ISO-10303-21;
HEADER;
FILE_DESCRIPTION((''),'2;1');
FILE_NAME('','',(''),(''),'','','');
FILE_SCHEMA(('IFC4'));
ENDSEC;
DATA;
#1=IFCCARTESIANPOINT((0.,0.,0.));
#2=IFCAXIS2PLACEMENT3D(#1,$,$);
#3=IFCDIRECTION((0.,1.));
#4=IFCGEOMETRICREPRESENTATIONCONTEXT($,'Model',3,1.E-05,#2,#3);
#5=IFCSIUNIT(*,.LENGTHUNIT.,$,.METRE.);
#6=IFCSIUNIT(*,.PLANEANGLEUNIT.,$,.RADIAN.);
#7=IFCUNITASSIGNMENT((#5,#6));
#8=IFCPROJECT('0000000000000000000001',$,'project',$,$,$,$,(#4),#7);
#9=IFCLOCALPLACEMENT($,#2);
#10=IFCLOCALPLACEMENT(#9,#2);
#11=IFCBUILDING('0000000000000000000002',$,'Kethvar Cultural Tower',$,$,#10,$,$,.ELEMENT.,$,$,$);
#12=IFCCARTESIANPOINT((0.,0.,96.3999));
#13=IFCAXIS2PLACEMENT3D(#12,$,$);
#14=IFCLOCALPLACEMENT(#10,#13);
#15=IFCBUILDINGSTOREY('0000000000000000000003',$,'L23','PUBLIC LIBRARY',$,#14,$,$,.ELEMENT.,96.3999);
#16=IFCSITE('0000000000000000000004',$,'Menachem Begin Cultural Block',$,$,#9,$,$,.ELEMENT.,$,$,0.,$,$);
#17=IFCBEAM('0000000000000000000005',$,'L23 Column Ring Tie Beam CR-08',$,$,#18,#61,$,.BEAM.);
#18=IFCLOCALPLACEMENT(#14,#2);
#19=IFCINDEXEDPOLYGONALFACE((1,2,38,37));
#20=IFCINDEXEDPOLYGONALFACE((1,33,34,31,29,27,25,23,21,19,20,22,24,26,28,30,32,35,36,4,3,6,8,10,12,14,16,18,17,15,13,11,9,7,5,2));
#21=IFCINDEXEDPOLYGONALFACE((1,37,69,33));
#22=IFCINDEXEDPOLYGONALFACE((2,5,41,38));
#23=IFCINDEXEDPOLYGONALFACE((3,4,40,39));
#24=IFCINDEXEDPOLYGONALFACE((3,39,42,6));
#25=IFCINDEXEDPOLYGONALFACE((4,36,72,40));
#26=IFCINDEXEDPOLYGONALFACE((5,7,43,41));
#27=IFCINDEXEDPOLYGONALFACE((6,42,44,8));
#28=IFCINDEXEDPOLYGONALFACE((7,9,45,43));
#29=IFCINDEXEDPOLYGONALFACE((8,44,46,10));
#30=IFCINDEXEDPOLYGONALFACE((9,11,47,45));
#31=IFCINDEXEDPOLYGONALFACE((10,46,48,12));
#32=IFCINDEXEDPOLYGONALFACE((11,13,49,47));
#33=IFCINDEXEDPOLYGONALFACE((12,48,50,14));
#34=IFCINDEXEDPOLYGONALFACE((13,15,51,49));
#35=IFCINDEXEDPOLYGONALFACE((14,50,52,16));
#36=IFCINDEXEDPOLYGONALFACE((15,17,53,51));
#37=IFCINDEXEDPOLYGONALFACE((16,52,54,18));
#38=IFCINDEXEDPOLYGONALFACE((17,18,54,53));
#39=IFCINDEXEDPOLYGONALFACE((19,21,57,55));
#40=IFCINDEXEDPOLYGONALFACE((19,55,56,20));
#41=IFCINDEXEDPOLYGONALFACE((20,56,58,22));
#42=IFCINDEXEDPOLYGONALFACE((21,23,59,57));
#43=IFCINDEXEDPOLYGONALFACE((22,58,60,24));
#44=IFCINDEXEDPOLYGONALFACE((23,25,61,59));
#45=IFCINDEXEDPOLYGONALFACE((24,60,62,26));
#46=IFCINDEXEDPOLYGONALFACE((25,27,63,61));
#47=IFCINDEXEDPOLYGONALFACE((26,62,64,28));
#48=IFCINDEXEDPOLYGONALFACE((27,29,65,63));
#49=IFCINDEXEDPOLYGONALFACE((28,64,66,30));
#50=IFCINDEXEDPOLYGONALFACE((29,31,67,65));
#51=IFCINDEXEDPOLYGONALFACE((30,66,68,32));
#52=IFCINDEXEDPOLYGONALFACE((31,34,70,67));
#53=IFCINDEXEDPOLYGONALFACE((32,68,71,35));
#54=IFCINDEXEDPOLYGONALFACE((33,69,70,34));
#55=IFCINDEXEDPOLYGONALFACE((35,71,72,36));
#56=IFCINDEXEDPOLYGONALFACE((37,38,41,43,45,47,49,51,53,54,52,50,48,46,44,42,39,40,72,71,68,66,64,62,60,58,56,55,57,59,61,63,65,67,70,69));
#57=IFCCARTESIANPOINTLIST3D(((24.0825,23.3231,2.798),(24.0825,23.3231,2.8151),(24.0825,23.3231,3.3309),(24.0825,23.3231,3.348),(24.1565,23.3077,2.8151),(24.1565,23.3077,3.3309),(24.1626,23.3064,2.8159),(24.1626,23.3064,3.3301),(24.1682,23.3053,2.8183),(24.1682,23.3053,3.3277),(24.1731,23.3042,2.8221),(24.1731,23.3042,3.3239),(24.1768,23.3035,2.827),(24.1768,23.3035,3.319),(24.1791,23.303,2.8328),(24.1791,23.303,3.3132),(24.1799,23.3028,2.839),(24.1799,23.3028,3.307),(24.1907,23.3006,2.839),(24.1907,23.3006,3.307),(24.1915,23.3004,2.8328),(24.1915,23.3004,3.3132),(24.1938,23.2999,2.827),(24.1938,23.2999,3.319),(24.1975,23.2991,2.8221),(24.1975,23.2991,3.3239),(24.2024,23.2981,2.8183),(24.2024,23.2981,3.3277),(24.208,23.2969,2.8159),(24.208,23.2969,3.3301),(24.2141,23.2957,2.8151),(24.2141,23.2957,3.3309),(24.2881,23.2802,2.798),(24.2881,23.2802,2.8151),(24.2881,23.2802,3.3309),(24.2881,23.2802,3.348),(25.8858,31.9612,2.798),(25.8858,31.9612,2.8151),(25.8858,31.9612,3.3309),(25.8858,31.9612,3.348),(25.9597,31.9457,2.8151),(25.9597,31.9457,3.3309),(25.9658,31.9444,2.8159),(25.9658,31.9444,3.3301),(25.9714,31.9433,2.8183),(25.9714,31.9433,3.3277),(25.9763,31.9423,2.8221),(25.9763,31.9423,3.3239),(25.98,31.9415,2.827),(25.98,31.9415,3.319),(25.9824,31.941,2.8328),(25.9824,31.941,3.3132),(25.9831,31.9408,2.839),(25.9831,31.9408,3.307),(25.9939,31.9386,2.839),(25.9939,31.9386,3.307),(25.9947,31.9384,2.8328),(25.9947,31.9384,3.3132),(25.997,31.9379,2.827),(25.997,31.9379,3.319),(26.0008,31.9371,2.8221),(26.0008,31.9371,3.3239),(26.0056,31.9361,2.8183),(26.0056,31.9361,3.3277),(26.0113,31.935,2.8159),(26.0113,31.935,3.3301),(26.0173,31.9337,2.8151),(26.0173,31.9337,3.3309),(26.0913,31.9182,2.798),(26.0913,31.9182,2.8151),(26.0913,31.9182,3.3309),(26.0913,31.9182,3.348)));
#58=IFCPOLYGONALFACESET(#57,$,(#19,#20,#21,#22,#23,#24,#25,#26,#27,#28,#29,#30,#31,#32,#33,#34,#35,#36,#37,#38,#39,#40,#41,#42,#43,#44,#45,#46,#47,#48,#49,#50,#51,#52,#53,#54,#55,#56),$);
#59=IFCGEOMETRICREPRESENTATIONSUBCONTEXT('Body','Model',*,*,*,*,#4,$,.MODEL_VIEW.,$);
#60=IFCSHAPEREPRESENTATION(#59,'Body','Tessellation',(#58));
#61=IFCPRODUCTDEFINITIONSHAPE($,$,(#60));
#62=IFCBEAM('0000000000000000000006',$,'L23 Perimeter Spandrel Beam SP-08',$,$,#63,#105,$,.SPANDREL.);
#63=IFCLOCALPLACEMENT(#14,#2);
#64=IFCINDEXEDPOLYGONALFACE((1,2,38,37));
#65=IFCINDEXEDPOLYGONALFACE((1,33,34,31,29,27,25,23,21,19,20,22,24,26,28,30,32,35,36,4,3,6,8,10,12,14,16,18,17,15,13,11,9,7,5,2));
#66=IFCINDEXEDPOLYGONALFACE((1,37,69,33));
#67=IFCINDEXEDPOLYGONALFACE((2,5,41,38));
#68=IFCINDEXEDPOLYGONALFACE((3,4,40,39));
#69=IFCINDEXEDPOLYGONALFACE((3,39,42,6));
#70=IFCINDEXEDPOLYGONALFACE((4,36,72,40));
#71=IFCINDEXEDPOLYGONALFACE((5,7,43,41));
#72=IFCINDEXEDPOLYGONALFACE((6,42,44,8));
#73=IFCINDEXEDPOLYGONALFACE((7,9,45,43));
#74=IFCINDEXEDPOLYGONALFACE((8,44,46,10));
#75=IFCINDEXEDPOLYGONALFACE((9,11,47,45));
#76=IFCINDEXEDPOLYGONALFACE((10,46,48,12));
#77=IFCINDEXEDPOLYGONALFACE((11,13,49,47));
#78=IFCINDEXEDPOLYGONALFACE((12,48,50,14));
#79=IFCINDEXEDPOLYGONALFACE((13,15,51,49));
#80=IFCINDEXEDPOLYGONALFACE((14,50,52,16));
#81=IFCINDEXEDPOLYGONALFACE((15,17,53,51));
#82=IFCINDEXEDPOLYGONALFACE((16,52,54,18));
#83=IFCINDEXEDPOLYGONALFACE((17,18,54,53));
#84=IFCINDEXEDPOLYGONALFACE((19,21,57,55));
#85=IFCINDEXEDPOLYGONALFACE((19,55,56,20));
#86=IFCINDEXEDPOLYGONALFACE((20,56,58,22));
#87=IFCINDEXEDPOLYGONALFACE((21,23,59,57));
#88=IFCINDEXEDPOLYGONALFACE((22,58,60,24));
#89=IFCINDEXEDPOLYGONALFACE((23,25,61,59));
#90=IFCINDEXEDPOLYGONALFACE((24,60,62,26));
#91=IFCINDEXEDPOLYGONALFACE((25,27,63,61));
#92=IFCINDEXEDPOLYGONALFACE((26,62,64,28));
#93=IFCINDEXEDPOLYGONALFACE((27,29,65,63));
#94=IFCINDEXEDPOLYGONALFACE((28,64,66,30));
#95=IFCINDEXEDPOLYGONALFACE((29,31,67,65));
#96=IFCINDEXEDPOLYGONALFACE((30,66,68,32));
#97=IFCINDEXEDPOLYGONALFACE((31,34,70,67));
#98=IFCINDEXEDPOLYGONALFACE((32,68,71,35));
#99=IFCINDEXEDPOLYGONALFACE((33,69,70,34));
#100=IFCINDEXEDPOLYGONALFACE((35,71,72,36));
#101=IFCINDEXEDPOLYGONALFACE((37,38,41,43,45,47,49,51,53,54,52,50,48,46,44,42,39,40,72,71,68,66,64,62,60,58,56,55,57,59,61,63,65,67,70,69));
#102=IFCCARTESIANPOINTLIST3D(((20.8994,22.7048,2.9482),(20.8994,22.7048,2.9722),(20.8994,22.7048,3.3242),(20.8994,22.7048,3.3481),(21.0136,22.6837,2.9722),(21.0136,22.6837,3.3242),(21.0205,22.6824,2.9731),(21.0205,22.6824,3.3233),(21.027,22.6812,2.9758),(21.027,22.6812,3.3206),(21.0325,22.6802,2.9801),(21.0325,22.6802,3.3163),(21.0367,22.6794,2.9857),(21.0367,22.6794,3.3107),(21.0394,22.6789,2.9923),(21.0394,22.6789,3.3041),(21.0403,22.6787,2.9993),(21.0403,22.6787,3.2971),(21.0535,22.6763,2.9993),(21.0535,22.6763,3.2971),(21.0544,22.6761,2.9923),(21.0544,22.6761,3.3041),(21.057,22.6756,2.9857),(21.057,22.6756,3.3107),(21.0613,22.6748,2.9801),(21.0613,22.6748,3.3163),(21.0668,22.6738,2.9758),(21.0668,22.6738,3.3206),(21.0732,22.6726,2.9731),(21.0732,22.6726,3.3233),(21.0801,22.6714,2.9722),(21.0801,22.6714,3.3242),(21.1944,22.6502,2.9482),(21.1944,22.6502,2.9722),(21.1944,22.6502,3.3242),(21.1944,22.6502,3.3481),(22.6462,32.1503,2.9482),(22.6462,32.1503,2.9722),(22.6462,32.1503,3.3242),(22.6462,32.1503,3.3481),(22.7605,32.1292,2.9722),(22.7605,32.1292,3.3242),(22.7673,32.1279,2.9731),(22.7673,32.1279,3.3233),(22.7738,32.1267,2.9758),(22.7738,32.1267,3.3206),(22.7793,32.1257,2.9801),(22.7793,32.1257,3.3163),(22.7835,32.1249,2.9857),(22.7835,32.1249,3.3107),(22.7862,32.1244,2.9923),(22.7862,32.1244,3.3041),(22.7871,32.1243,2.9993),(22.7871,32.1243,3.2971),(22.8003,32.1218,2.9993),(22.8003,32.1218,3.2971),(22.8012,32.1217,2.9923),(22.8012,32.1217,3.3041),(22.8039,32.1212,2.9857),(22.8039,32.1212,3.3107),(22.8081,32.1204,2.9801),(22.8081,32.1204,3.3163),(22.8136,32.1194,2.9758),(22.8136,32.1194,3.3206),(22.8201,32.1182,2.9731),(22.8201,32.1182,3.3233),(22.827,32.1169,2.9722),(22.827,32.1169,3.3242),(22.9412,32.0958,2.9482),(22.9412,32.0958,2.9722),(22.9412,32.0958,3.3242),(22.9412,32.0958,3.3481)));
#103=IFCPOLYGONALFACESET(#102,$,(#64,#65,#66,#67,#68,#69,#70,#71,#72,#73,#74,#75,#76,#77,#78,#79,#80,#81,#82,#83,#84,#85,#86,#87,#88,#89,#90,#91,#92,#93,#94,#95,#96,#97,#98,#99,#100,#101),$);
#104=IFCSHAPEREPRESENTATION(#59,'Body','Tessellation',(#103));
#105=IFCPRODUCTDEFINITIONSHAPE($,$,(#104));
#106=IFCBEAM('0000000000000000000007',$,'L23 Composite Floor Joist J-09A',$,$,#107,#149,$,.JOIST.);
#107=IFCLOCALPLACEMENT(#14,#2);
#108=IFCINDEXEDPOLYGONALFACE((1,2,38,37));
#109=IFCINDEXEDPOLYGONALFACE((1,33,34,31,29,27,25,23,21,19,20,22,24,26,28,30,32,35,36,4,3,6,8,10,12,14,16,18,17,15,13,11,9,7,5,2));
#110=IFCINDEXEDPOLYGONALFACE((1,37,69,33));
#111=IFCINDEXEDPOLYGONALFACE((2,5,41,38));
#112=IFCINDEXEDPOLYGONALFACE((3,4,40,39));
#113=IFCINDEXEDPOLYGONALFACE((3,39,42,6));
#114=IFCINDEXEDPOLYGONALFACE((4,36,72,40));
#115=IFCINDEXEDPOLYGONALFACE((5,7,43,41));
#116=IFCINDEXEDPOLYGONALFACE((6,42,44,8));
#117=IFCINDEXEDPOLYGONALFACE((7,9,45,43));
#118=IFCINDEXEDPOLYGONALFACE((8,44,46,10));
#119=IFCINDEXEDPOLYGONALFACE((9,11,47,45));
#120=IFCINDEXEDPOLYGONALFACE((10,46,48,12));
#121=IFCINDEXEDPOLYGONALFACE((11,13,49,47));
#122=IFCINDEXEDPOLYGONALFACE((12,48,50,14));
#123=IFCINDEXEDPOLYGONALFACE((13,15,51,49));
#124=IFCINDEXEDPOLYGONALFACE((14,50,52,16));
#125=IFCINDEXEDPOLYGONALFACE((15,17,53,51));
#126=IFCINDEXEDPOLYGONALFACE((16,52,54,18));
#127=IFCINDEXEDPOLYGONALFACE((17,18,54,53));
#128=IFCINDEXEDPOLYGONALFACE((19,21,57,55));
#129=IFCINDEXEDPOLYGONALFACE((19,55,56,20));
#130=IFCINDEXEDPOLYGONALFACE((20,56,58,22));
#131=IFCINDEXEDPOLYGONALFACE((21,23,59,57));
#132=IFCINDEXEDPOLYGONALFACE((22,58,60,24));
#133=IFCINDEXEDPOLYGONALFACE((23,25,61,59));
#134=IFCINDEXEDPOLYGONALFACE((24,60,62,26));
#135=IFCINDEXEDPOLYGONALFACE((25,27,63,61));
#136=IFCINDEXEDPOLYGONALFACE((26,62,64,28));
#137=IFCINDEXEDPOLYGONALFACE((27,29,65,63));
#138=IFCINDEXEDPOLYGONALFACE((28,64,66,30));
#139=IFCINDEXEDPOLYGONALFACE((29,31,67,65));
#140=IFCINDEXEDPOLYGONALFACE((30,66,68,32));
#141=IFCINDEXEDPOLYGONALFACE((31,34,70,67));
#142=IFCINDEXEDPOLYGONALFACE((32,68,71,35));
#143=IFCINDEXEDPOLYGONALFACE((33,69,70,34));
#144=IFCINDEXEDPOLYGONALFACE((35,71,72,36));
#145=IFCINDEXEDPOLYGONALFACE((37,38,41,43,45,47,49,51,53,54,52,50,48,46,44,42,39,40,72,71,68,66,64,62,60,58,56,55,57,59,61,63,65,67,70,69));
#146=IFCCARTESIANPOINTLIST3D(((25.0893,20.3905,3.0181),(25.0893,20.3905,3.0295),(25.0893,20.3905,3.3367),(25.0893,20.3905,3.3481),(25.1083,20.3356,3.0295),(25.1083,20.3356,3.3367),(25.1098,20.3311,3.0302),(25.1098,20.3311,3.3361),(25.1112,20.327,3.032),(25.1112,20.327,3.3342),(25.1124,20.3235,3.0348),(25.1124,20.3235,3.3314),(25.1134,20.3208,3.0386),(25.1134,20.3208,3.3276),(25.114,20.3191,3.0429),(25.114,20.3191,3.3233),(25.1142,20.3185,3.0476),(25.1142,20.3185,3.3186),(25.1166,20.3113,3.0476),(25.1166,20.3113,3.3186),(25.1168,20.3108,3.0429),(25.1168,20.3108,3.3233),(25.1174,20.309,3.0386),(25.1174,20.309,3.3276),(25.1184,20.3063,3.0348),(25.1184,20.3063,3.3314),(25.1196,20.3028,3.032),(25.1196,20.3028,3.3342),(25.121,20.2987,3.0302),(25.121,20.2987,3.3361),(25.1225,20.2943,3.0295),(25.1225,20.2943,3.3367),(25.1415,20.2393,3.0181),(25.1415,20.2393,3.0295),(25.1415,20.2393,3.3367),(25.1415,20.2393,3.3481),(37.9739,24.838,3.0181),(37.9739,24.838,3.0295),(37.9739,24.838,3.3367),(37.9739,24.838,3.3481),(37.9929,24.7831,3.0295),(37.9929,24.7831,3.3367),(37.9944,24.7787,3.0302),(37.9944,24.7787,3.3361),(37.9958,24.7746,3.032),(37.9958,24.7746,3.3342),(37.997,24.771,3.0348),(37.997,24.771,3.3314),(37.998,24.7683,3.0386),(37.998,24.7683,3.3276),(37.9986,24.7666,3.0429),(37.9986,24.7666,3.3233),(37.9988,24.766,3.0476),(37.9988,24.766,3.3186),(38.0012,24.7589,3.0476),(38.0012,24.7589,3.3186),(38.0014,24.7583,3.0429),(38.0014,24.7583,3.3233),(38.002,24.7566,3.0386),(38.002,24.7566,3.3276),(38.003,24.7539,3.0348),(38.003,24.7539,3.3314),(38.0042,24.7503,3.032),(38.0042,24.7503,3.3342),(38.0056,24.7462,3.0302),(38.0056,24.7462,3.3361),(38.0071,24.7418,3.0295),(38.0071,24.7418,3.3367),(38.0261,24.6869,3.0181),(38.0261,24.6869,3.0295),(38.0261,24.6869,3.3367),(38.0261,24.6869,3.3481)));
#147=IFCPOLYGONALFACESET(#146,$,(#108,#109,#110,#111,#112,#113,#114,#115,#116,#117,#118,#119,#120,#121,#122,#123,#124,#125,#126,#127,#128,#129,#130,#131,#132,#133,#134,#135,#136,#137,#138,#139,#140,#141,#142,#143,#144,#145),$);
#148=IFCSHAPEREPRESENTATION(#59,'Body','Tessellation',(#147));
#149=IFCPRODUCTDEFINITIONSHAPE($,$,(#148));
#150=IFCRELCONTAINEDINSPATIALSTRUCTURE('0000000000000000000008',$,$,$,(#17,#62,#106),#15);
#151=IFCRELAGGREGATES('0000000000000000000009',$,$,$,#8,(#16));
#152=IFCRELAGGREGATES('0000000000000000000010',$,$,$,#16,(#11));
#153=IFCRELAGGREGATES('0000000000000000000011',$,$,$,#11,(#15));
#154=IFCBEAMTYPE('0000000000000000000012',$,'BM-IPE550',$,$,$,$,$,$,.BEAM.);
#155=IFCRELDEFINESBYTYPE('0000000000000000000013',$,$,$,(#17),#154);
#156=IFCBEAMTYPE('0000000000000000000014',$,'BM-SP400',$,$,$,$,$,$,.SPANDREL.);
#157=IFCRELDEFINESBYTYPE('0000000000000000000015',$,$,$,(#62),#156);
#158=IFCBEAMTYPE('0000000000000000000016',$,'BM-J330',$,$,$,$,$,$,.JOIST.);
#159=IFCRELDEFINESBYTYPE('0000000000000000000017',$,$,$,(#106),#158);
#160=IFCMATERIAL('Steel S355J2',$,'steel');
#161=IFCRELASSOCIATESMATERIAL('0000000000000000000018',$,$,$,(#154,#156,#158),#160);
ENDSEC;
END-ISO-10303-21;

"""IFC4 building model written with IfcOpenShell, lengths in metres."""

from ifc_helpers import new_model, si_unit, direction, frame, origin, origin_2d, place, context, subcontext, project, spatial, i_section, extrude, source, transform, mapped, material, material_profile, profile_set, type_object, element, save


model = new_model("IFC4")

# Units and contexts
model_context = context("Model", 3, precision=1e-05, world=origin(), true_north=direction((0.0, 1.0)))
body_context = subcontext(model_context, "Body", "Model", "MODEL_VIEW")
ifc_project = project(units=[si_unit("LENGTHUNIT", "METRE"), si_unit("PLANEANGLEUNIT", "RADIAN")], contexts=[model_context])

# Site, building, storey
site_placement = place(None, origin())
site = spatial("IfcSite", under=ifc_project, at=site_placement, Name="Menachem Begin Cultural Block", CompositionType="ELEMENT", RefElevation=0.0)
building_placement = place(site_placement, origin())
building = spatial("IfcBuilding", under=site, at=building_placement, Name="Kethvar Cultural Tower", CompositionType="ELEMENT")
storey_placement = place(building_placement, frame((0.0, 0.0, 96.3999)))
storey = spatial("IfcBuildingStorey", under=building, at=storey_placement, Name="L23", Description="PUBLIC LIBRARY", CompositionType="ELEMENT", Elevation=96.3999)

# Beams
ifc_material_1 = material(Name="Steel S355J2", Category="steel")
ifc_material_profile_1 = material_profile(ifc_material_1, i_section(OverallWidth=0.21, OverallDepth=0.55, WebThickness=0.011, FlangeThickness=0.0171, FilletRadius=0.0239, at=origin_2d()), Name="Steel S355J2 — IPE550")
ifc_profile_set_1 = profile_set([ifc_material_profile_1], Name="Steel S355J2 — IPE550")
beam_type_1 = type_object("IfcBeamType", Name="BM-IPE550", PredefinedType="BEAM", material=ifc_profile_set_1)
shared_shape_1 = source(origin(), body_context, "Body", "SweptSolid", [
    extrude(i_section(OverallWidth=0.21, OverallDepth=0.55, WebThickness=0.011, FlangeThickness=0.0171, FilletRadius=0.0239, at=origin_2d()), origin(), (0.0, 0.0, 1.0), 8.8242),
])
beam_1_placement = place(storey_placement, frame((25.9885, 31.9397, 3.073), z_axis=(-0.204351, -0.978898, 0.0), x_axis=(0.978898, -0.204351, 0.0)))
element("IfcBeam", 1, at=beam_1_placement, inside=storey, type_object=beam_type_1, Name="L23 Column Ring Tie Beam CR-08", PredefinedType="BEAM", context=body_context, shape_type="MappedRepresentation", body=[
    mapped(shared_shape_1, transform((0.0, 0.0, 0.0), scale=1.0)),
])
ifc_material_profile_2 = material_profile(ifc_material_1, i_section(OverallWidth=0.3, OverallDepth=0.3999, WebThickness=0.0134, FlangeThickness=0.0239, FilletRadius=0.0271, at=origin_2d()), Name="Steel S355J2 — HEB400")
ifc_profile_set_2 = profile_set([ifc_material_profile_2], Name="Steel S355J2 — HEB400")
beam_type_2 = type_object("IfcBeamType", Name="BM-SP400", PredefinedType="SPANDREL", material=ifc_profile_set_2)
shared_shape_2 = source(origin(), body_context, "Body", "SweptSolid", [
    extrude(i_section(OverallWidth=0.3, OverallDepth=0.3999, WebThickness=0.0134, FlangeThickness=0.0239, FilletRadius=0.0271, at=origin_2d()), origin(), (0.0, 0.0, 1.0), 9.6057),
])
beam_2_placement = place(storey_placement, frame((22.7937, 32.123, 3.1482), z_axis=(-0.181853, -0.983326, 0.0), x_axis=(0.983326, -0.181853, 0.0)))
element("IfcBeam", 2, at=beam_2_placement, inside=storey, type_object=beam_type_2, Name="L23 Perimeter Spandrel Beam SP-08", PredefinedType="SPANDREL", context=body_context, shape_type="MappedRepresentation", body=[
    mapped(shared_shape_2, transform((0.0, 0.0, 0.0), scale=1.0)),
])
ifc_material_profile_3 = material_profile(ifc_material_1, i_section(OverallWidth=0.1599, OverallDepth=0.3301, WebThickness=0.0076, FlangeThickness=0.0115, FilletRadius=0.0181, at=origin_2d()), Name="Steel S355J2 — IPE330")
ifc_profile_set_3 = profile_set([ifc_material_profile_3], Name="Steel S355J2 — IPE330")
beam_type_3 = type_object("IfcBeamType", Name="BM-J330", PredefinedType="JOIST", material=ifc_profile_set_3)
shared_shape_3 = source(origin(), body_context, "Body", "SweptSolid", [
    extrude(i_section(OverallWidth=0.1599, OverallDepth=0.3301, WebThickness=0.0076, FlangeThickness=0.0115, FilletRadius=0.0181, at=origin_2d()), origin(), (0.0, 0.0, 1.0), 13.6306),
])
beam_3_placement = place(storey_placement, frame((38.0, 24.7625, 3.1831), z_axis=(-0.94527, -0.32629, 0.0), x_axis=(0.32629, -0.94527, 0.0)))
element("IfcBeam", 3, at=beam_3_placement, inside=storey, type_object=beam_type_3, Name="L23 Composite Floor Joist J-09A", PredefinedType="JOIST", context=body_context, shape_type="MappedRepresentation", body=[
    mapped(shared_shape_3, transform((0.0, 0.0, 0.0), scale=1.0)),
])

save(model, "model.ifc")
